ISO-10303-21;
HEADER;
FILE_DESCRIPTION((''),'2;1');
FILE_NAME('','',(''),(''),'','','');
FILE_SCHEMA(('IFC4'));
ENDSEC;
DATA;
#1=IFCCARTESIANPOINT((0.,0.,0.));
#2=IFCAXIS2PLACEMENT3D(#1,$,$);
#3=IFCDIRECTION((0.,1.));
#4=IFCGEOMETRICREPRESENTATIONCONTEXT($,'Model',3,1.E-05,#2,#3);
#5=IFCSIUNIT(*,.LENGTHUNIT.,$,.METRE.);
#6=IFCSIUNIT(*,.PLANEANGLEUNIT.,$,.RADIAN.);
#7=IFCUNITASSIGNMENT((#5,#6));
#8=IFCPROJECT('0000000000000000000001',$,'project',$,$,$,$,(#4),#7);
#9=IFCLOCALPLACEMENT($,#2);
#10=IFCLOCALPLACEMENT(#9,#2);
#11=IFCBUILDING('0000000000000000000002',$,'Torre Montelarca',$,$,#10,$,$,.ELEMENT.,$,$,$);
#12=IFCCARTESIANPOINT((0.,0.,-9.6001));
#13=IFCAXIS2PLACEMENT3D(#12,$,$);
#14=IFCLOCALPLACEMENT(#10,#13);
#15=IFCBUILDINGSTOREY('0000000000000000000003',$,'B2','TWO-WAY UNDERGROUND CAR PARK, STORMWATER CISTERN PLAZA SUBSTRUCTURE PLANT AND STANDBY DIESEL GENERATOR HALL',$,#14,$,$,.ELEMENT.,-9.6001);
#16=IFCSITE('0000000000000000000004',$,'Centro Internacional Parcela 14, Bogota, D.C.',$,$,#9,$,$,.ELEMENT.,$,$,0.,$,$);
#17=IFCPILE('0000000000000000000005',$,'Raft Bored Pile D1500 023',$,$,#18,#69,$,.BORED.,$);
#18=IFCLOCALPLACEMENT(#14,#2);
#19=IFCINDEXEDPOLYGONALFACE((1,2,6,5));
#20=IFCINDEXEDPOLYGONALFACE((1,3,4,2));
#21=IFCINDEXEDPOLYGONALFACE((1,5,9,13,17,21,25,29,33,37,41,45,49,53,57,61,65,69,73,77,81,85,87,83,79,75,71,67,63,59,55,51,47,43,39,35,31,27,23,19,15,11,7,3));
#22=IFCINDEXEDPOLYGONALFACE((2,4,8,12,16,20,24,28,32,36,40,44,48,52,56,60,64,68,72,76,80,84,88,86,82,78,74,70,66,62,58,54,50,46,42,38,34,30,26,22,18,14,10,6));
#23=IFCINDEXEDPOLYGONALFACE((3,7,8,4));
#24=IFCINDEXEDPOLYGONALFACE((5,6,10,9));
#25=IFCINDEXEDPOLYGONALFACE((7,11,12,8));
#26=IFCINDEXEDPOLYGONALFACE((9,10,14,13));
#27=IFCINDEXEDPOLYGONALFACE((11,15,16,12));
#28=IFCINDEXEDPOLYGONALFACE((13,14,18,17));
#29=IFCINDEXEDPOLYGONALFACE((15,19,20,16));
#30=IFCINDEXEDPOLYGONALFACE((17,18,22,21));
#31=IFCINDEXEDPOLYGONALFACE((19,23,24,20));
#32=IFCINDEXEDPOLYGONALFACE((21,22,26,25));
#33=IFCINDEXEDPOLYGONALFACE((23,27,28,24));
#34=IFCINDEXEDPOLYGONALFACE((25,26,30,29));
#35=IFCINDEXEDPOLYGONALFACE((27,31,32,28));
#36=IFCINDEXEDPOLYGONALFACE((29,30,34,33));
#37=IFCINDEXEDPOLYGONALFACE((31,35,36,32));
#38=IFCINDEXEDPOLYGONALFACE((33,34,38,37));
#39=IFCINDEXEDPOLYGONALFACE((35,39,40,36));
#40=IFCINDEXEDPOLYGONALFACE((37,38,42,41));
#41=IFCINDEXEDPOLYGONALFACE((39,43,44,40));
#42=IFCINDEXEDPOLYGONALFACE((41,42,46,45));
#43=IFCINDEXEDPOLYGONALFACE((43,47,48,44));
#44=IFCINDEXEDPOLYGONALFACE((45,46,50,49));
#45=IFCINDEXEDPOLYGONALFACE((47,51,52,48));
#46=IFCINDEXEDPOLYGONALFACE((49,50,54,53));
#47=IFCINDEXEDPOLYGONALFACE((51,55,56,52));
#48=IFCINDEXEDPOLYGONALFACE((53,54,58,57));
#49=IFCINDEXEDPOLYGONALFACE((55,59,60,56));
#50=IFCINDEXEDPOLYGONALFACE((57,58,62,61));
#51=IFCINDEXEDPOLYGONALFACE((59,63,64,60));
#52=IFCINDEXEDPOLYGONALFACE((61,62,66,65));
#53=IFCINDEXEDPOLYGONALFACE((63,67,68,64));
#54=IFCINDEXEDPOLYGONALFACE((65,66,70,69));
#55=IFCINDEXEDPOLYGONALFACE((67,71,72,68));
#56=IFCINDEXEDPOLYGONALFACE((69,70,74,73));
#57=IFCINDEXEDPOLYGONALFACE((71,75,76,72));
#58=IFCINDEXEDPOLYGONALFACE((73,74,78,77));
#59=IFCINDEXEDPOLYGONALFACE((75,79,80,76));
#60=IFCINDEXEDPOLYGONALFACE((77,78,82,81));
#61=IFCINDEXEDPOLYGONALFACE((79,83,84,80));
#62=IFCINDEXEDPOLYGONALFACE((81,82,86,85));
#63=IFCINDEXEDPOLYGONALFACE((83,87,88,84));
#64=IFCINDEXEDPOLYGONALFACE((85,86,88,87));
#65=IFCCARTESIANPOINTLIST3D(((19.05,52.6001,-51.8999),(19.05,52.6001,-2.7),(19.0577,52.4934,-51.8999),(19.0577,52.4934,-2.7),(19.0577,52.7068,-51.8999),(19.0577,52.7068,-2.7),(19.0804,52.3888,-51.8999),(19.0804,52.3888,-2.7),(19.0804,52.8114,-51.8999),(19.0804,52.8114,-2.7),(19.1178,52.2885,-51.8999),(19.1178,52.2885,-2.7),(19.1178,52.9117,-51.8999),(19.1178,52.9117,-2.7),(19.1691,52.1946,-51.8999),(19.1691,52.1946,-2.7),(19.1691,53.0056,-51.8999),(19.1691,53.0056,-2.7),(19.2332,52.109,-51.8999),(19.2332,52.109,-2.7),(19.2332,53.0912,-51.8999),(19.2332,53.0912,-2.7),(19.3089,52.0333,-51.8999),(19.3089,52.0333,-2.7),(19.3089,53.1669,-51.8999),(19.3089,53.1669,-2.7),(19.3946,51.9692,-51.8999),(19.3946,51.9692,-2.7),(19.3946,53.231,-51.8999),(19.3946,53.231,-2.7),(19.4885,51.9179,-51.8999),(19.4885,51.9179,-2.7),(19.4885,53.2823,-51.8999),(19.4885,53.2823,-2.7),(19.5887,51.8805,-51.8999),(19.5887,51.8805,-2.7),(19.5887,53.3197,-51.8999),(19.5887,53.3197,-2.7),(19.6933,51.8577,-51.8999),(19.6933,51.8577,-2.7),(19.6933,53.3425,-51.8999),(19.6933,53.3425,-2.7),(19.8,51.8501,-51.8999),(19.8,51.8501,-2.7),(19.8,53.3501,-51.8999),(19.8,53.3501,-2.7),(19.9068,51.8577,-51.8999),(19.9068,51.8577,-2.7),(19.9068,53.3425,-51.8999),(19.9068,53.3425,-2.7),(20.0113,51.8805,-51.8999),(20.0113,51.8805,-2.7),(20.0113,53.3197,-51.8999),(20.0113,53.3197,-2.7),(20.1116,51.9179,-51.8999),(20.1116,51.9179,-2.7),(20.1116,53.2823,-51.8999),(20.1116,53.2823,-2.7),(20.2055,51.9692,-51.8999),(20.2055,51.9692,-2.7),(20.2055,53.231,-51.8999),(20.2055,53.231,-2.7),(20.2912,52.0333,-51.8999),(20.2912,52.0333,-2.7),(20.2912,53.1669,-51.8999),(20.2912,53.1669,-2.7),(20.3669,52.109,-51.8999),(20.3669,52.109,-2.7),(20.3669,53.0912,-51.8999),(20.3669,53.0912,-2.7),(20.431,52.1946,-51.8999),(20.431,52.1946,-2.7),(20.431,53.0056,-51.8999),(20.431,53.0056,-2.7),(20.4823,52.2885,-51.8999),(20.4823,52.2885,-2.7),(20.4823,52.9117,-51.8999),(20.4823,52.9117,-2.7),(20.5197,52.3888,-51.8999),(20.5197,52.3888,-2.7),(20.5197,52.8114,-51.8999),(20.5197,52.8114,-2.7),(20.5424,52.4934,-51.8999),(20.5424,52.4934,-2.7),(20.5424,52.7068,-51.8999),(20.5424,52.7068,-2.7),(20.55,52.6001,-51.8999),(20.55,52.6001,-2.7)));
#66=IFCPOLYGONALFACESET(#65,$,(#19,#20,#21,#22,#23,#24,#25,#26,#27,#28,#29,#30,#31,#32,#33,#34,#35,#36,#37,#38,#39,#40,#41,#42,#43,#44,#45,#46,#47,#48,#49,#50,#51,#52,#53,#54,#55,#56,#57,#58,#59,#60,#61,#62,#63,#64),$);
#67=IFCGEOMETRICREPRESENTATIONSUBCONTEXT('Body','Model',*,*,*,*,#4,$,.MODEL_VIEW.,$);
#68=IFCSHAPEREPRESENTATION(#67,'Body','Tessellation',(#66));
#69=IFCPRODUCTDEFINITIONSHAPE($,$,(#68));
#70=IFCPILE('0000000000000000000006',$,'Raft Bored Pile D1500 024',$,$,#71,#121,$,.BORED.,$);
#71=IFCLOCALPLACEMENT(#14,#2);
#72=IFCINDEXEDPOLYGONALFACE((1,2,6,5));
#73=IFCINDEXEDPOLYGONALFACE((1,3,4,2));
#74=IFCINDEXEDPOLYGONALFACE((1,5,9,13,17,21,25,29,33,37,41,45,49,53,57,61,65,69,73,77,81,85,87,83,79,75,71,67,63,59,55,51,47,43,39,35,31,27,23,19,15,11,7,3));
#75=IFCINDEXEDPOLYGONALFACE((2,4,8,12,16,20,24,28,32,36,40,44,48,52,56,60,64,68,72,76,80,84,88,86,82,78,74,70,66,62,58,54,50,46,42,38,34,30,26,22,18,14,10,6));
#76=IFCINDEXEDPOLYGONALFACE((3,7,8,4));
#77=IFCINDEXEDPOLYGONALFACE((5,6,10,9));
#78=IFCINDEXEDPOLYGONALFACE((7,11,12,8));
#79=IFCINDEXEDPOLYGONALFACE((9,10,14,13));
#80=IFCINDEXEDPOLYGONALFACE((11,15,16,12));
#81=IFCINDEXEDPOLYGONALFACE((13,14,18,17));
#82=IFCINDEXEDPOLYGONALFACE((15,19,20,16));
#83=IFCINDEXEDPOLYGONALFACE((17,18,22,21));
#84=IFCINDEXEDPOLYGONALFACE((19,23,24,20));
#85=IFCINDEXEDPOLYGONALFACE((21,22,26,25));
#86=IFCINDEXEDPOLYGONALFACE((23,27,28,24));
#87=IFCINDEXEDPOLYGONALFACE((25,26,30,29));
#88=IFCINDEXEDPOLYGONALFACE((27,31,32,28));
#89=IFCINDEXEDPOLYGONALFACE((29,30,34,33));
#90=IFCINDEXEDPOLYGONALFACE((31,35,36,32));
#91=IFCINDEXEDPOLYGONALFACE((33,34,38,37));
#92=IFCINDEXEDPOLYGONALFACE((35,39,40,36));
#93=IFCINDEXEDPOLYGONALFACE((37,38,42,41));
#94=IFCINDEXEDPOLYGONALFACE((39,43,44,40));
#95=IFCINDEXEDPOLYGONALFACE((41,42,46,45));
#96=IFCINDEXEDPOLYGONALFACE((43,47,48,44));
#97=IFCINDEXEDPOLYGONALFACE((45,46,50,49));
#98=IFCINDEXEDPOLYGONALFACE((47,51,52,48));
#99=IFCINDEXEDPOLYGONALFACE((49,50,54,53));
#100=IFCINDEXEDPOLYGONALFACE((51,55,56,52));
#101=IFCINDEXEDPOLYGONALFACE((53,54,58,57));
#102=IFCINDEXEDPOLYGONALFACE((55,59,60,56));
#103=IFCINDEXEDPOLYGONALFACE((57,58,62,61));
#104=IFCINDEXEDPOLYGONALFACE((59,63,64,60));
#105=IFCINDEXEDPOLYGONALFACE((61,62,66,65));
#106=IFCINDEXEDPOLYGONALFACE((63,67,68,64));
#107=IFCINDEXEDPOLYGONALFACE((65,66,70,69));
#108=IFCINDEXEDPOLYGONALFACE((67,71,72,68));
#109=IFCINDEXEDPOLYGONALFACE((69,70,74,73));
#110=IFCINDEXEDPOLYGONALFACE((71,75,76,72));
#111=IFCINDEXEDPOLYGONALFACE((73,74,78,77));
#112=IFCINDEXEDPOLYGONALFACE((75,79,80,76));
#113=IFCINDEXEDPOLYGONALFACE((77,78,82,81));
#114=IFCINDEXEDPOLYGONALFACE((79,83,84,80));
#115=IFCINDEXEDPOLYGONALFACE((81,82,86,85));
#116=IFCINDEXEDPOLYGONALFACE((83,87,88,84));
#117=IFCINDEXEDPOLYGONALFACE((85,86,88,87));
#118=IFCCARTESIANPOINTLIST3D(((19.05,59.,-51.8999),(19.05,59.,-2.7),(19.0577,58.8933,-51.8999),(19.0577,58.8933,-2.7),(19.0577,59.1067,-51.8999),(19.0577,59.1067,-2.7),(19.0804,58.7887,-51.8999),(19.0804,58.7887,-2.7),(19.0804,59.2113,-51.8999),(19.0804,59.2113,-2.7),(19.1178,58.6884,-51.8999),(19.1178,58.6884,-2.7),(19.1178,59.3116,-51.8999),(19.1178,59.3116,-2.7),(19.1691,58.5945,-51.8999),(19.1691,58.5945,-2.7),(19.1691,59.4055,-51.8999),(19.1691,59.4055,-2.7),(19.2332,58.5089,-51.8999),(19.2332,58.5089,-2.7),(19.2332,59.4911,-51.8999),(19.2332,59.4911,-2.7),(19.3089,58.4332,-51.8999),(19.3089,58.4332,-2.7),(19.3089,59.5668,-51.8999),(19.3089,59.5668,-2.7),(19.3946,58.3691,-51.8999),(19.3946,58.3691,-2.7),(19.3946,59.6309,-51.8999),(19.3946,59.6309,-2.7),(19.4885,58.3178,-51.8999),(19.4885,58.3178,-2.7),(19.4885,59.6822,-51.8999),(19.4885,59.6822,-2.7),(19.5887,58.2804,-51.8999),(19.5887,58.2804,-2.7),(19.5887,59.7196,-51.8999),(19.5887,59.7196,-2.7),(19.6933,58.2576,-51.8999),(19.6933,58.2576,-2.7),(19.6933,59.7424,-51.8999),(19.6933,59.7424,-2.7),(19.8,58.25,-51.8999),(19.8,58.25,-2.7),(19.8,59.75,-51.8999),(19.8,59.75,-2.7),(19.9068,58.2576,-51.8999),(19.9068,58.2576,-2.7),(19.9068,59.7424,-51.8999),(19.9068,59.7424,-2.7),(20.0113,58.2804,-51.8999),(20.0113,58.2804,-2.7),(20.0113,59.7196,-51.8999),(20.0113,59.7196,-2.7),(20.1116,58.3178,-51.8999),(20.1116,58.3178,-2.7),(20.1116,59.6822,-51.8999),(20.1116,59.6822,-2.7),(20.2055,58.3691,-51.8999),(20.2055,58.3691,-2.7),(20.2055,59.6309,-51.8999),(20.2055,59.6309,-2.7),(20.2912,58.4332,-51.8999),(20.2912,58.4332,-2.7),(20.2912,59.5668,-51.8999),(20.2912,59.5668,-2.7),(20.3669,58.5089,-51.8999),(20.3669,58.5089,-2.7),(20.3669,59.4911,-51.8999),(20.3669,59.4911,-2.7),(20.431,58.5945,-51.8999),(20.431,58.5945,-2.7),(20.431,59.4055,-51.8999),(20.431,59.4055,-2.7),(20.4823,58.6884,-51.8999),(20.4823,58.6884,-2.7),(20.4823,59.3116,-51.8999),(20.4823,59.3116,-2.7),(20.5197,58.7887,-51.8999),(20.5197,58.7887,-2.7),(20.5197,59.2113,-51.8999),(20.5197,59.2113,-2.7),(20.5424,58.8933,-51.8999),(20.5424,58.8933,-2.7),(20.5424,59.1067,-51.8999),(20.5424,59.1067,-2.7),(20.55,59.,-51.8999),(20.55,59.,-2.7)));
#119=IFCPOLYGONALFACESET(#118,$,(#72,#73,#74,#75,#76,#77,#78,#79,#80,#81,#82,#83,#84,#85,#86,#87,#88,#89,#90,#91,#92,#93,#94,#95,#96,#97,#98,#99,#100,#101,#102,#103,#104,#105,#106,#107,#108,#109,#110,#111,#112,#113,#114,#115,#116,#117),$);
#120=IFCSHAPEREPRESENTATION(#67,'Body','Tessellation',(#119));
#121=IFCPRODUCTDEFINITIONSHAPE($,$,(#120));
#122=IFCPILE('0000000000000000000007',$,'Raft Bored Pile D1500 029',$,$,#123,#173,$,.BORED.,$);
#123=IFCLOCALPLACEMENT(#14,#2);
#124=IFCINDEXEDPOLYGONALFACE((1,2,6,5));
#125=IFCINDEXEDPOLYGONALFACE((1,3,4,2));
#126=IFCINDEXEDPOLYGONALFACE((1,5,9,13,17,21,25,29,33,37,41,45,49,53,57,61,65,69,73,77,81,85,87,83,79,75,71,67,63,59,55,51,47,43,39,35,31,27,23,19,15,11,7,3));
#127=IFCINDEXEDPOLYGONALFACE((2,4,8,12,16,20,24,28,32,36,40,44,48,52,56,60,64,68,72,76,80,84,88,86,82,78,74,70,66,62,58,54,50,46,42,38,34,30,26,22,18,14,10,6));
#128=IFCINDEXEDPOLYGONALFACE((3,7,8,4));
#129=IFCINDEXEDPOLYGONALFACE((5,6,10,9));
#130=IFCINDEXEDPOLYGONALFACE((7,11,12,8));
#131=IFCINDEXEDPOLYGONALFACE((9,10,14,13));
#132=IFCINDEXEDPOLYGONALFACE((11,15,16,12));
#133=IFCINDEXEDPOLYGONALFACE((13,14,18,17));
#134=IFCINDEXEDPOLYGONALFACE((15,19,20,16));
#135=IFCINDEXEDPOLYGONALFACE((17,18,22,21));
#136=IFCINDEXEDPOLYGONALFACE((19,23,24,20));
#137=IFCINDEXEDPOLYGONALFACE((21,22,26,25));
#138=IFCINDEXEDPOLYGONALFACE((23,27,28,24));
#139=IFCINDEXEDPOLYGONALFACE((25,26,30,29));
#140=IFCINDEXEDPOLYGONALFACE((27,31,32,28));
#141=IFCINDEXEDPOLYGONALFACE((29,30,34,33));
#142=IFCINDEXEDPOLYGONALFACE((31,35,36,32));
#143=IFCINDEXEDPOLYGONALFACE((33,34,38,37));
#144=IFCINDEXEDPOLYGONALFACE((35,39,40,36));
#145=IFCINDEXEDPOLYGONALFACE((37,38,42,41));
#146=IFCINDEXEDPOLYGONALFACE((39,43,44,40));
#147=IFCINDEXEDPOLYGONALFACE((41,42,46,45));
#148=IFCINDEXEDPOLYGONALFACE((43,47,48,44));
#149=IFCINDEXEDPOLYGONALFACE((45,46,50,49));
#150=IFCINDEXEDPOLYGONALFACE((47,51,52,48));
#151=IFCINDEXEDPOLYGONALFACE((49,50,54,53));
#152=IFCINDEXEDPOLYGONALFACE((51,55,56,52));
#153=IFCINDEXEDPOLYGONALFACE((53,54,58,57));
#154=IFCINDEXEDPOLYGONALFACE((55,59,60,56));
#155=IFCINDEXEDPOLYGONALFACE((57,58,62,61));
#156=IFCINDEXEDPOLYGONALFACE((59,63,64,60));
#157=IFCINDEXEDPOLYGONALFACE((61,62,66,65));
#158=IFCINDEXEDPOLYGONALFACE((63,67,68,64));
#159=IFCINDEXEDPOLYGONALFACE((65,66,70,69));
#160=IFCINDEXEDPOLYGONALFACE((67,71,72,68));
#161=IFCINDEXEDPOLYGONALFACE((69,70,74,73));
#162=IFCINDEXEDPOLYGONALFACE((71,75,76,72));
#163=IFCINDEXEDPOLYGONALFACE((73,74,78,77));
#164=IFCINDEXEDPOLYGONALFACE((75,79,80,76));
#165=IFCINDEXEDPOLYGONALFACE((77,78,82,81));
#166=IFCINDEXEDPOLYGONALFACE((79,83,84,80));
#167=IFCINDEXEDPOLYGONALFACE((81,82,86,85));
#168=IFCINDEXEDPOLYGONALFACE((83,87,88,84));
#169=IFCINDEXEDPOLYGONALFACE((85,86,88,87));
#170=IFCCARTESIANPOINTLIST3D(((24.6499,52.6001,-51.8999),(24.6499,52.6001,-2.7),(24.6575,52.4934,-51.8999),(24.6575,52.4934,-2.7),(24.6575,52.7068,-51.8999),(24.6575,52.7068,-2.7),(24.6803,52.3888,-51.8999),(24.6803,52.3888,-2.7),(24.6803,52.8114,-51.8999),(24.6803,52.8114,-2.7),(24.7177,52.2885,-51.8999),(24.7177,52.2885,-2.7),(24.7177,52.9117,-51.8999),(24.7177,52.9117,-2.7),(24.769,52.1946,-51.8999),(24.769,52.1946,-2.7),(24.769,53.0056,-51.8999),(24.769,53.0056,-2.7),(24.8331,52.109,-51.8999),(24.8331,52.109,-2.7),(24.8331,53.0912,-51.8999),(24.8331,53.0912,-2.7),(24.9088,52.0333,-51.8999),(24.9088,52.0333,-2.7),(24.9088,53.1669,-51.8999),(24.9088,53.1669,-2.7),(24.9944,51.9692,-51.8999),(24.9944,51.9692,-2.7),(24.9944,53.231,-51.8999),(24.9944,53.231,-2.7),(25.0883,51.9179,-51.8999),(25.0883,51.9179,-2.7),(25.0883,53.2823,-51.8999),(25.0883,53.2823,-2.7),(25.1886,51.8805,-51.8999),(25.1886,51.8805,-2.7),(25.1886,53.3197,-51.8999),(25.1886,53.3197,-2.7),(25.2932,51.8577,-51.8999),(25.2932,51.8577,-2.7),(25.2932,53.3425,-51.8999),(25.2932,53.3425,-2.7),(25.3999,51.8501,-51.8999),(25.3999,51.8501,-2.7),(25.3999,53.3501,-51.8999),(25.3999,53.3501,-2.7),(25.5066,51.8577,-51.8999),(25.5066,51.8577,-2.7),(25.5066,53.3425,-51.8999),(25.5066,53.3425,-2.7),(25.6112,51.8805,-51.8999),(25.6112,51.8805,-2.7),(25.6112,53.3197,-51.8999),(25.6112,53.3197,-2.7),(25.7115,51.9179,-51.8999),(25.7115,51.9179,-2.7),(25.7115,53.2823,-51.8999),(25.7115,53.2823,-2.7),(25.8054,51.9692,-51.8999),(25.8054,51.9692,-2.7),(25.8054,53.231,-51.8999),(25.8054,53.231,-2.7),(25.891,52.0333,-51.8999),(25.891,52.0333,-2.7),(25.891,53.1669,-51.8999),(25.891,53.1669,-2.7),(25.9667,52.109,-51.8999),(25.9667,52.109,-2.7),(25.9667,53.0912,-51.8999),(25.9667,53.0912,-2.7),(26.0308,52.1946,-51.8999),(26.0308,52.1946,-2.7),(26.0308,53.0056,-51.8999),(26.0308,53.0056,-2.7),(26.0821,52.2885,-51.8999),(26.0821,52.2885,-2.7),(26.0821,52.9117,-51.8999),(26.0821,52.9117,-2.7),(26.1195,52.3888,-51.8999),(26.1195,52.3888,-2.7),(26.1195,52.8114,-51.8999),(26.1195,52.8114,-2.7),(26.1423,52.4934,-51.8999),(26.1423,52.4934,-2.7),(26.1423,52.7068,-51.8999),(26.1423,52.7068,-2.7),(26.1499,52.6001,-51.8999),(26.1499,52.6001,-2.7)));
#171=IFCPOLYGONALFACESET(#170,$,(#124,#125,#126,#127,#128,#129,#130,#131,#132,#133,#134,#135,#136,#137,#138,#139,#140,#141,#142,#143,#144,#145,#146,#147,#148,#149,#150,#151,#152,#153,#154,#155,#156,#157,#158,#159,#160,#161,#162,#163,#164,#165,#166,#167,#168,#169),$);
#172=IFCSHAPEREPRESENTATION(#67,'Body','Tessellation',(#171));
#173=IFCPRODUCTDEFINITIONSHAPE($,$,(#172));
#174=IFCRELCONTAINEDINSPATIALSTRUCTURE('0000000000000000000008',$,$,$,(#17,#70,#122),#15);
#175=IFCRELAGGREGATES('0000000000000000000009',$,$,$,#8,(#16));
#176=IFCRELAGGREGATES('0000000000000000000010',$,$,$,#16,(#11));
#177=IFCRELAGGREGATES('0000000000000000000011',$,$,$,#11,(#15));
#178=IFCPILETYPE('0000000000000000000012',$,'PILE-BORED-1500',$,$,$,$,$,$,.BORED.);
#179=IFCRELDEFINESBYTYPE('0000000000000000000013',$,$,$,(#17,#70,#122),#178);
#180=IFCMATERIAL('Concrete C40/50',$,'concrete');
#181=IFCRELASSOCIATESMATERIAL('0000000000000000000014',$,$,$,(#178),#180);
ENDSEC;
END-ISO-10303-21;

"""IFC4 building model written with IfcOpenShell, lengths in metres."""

from ifc_helpers import new_model, si_unit, direction, frame, origin, origin_2d, place, context, subcontext, project, spatial, circle, extrude, source, transform, mapped, material, material_profile, profile_set, type_object, element, save


model = new_model("IFC4")

# Units and contexts
model_context = context("Model", 3, precision=1e-05, world=origin(), true_north=direction((0.0, 1.0)))
body_context = subcontext(model_context, "Body", "Model", "MODEL_VIEW")
ifc_project = project(units=[si_unit("LENGTHUNIT", "METRE"), si_unit("PLANEANGLEUNIT", "RADIAN")], contexts=[model_context])

# Site, building, storey
site_placement = place(None, origin())
site = spatial("IfcSite", under=ifc_project, at=site_placement, Name="Centro Internacional Parcela 14, Bogota, D.C.", CompositionType="ELEMENT", RefElevation=0.0)
building_placement = place(site_placement, origin())
building = spatial("IfcBuilding", under=site, at=building_placement, Name="Torre Montelarca", CompositionType="ELEMENT")
storey_placement = place(building_placement, frame((0.0, 0.0, -9.6001)))
storey = spatial("IfcBuildingStorey", under=building, at=storey_placement, Name="B2", Description="TWO-WAY UNDERGROUND CAR PARK, STORMWATER CISTERN PLAZA SUBSTRUCTURE PLANT AND STANDBY DIESEL GENERATOR HALL", CompositionType="ELEMENT", Elevation=-9.6001)

# Piles
ifc_material_1 = material(Name="Concrete C40/50", Category="concrete")
ifc_material_profile_1 = material_profile(ifc_material_1, circle(Radius=0.75, at=origin_2d()), Name="PILE-D1500", Category="concrete")
ifc_profile_set_1 = profile_set([ifc_material_profile_1], Name="Concrete C40/50")
pile_type = type_object("IfcPileType", Name="PILE-BORED-1500", PredefinedType="BORED", material=ifc_profile_set_1)
shared_shape_1 = source(origin(), body_context, "Body", "SweptSolid", [
    extrude(circle(Radius=0.75, at=origin_2d()), origin(), (0.0, 0.0, 1.0), 49.2),
])
for number, where, z_axis, x_axis, name in (
    (1, (19.8, 52.6001, -2.7), (0.0, 0.0, -1.0), (1.0, 0.0, 0.0), "Raft Bored Pile D1500 023"),
    (2, (19.8, 59.0, -2.7), (0.0, 0.0, -1.0), (1.0, 0.0, 0.0), "Raft Bored Pile D1500 024"),
    (3, (25.3999, 52.6001, -2.7), (0.0, 0.0, -1.0), (1.0, 0.0, 0.0), "Raft Bored Pile D1500 029"),
):
    element("IfcPile", number, at=place(storey_placement, frame(where, z_axis=z_axis, x_axis=x_axis)), inside=storey, type_object=pile_type, Name=name, PredefinedType="BORED", context=body_context, shape_type="MappedRepresentation", body=[
        mapped(shared_shape_1, transform((0.0, 0.0, 0.0), scale=1.0)),
    ])

save(model, "model.ifc")
